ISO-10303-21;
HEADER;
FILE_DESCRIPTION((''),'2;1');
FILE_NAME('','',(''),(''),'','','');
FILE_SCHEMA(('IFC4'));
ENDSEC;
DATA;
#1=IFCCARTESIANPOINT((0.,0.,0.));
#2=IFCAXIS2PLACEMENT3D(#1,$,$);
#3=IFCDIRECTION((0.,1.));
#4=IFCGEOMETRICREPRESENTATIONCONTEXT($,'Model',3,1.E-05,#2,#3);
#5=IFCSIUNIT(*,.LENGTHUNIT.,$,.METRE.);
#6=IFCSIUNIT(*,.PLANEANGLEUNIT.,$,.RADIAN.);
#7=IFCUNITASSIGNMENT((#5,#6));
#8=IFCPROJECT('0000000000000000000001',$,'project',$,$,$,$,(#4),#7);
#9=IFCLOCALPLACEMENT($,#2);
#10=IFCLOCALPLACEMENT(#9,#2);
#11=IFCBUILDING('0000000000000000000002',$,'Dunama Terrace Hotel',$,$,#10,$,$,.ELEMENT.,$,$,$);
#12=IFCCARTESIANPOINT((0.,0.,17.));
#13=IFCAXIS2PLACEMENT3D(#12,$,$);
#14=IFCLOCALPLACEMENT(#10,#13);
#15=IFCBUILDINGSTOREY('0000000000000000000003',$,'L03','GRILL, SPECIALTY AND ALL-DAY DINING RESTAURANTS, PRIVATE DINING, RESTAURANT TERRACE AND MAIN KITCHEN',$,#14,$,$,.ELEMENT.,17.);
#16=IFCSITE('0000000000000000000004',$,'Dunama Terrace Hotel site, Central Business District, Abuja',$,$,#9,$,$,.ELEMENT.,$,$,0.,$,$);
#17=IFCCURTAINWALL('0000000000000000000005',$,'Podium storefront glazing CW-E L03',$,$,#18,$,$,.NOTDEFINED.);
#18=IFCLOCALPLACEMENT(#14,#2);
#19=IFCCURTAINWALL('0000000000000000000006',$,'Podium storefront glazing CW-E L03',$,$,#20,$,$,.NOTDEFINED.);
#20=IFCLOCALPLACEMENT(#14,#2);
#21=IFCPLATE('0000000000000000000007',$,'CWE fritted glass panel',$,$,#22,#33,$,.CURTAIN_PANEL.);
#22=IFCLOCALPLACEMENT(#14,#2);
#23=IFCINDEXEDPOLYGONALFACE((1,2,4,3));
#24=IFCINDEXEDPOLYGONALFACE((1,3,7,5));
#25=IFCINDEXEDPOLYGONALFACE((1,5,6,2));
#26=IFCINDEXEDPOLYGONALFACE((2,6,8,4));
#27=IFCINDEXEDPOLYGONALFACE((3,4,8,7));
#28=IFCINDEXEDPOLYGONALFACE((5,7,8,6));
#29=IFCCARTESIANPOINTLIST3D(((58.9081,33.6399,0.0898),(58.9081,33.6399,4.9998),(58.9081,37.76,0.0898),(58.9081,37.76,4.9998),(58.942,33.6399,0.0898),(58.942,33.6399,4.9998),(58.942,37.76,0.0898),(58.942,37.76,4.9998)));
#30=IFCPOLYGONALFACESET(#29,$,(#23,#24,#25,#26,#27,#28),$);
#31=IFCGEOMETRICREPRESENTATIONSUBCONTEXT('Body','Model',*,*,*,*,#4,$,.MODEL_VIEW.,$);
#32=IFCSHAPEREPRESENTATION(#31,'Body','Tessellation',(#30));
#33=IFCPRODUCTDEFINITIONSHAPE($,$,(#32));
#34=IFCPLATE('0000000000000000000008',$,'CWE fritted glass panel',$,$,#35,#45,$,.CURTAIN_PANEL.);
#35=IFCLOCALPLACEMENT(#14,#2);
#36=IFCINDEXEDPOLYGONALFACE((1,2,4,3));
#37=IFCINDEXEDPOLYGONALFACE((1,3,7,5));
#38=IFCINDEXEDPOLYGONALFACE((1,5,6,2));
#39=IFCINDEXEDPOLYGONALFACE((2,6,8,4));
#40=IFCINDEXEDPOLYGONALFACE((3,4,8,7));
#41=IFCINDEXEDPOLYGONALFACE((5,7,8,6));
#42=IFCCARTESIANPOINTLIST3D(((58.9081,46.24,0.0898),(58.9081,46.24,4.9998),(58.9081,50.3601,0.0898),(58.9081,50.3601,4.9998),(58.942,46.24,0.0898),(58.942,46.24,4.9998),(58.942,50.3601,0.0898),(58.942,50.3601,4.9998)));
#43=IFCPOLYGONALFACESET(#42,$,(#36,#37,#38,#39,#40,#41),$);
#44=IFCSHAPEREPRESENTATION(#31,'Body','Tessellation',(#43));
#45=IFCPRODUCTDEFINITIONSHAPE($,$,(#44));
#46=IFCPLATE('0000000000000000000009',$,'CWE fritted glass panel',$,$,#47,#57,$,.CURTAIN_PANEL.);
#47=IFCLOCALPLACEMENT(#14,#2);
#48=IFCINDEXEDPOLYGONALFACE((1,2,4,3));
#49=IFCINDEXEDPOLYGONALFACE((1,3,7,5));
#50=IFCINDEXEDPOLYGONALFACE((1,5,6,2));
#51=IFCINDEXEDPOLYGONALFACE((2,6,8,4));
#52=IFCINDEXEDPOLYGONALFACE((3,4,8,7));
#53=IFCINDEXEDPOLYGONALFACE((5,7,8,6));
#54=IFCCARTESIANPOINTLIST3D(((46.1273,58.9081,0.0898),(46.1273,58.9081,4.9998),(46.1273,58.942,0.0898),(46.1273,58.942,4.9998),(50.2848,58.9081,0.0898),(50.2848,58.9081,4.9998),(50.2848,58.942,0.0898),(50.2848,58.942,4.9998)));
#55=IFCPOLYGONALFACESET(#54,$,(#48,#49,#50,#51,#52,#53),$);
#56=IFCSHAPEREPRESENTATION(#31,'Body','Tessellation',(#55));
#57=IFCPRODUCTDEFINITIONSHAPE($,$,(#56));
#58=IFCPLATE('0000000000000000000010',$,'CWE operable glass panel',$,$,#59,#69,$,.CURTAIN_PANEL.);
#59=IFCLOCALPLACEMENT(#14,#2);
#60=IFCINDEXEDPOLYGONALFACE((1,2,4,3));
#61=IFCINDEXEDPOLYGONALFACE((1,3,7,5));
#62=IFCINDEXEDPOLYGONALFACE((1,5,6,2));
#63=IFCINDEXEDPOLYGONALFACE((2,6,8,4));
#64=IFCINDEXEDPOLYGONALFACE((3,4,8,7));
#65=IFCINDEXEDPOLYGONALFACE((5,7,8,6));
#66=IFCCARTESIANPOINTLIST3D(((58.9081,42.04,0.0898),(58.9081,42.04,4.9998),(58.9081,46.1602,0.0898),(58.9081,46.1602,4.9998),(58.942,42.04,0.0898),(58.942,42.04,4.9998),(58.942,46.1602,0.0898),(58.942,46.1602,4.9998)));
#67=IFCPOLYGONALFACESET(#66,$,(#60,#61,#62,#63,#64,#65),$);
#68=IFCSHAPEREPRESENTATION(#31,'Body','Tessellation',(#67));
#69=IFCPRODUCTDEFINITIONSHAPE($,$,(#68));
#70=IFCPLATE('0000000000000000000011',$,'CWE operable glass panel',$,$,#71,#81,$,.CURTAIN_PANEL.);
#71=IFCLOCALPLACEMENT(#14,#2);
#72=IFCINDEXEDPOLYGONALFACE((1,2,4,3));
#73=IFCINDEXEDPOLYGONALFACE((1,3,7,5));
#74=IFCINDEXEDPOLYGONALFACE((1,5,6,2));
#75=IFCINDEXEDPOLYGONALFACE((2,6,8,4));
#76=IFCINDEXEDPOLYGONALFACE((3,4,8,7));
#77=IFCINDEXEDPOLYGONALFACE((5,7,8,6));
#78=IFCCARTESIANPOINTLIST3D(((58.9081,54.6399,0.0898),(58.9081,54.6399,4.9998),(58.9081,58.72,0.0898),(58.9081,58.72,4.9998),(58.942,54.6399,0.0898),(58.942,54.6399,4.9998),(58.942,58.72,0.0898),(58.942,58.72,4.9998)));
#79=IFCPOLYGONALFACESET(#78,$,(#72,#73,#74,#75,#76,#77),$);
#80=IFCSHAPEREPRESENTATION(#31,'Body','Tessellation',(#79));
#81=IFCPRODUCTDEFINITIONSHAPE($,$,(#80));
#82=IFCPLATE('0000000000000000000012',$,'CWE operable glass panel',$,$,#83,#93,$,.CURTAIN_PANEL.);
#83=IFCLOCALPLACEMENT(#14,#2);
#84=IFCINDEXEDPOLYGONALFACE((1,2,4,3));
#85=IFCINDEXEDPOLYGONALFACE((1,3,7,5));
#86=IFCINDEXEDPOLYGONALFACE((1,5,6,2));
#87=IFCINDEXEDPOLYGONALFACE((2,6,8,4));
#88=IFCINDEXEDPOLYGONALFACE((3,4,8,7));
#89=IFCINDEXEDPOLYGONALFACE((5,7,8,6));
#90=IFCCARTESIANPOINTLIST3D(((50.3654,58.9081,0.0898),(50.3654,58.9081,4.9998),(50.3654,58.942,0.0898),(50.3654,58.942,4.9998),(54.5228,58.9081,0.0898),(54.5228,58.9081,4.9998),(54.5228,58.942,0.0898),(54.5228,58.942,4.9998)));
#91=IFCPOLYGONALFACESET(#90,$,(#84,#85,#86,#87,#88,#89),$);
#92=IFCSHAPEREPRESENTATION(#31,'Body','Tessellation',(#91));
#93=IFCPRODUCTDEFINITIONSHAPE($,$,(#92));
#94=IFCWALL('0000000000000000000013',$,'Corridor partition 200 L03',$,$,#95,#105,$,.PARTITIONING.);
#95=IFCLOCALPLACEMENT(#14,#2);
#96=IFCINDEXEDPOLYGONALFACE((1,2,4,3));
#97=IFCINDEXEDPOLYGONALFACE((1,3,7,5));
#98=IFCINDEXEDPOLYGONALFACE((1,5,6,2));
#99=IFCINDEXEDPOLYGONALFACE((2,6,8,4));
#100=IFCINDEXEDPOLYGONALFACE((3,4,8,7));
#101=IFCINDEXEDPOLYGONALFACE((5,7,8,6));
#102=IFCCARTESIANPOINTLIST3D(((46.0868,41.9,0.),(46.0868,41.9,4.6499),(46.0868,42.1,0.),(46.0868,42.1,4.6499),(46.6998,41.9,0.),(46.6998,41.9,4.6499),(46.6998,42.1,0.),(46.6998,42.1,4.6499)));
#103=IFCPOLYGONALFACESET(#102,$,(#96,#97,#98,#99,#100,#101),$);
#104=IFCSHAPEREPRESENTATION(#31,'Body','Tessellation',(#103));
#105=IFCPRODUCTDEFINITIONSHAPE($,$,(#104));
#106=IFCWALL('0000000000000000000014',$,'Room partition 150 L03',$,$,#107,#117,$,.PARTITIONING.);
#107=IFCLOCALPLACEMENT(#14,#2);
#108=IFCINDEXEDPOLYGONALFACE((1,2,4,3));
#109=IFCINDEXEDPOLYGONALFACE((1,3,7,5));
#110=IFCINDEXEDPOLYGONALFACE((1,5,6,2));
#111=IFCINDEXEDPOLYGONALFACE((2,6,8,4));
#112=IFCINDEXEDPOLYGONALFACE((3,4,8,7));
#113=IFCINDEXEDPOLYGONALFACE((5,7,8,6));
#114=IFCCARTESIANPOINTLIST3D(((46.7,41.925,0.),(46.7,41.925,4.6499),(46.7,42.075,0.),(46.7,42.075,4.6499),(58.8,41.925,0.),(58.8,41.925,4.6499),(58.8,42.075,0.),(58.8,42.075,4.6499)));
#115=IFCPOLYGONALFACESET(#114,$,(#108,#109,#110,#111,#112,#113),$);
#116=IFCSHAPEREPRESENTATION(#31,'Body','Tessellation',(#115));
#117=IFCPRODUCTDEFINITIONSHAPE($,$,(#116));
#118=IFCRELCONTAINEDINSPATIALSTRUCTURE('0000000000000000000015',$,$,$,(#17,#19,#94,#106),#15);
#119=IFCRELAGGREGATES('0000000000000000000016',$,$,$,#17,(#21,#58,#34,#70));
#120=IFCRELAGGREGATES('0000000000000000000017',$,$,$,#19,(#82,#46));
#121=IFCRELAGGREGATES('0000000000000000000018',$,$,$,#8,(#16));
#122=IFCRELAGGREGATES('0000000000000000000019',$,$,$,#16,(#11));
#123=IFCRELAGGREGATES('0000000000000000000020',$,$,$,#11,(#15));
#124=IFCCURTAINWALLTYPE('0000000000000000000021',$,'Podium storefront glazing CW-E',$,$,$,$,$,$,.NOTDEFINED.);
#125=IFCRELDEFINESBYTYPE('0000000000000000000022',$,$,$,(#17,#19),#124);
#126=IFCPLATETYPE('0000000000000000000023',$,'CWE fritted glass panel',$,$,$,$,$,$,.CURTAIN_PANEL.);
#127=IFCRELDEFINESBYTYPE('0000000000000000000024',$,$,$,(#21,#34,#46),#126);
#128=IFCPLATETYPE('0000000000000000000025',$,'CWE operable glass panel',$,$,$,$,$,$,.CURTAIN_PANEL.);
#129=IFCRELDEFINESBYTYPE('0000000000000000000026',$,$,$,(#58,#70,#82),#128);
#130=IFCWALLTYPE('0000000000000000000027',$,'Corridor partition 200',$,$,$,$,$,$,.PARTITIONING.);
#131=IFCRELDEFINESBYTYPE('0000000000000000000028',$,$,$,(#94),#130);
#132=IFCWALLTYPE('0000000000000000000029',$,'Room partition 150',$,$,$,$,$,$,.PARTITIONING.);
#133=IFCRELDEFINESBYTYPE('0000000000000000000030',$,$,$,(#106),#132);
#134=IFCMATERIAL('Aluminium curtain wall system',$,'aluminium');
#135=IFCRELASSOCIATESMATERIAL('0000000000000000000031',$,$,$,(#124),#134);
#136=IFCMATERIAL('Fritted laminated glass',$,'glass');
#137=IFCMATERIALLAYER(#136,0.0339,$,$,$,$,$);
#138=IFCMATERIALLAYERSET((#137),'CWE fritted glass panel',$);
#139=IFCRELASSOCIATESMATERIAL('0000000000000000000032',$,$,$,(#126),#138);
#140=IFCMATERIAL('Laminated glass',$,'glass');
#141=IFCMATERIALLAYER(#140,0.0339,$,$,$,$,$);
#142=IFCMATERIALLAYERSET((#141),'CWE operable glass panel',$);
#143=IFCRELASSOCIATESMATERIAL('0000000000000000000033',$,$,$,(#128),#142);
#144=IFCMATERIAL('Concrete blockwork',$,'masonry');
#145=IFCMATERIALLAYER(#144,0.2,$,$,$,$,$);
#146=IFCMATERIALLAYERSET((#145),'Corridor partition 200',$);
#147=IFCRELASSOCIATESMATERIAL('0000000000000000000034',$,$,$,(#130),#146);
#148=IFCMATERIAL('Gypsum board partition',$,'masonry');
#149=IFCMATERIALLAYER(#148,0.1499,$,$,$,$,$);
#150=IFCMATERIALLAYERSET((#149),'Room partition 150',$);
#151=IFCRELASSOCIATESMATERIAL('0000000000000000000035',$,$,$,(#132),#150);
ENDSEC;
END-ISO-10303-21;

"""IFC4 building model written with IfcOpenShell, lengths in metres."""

from ifc_helpers import new_model, si_unit, direction, frame, frame_2d, origin, origin_2d, place, context, subcontext, project, spatial, rectangle, extrude, material, layer, layer_set, type_object, element, aggregate, save


model = new_model("IFC4")

# Units and contexts
model_context = context("Model", 3, precision=1e-05, world=origin(), true_north=direction((0.0, 1.0)))
body_context = subcontext(model_context, "Body", "Model", "MODEL_VIEW")
ifc_project = project(units=[si_unit("LENGTHUNIT", "METRE"), si_unit("PLANEANGLEUNIT", "RADIAN")], contexts=[model_context])

# Site, building, storey
site_placement = place(None, origin())
site = spatial("IfcSite", under=ifc_project, at=site_placement, Name="Dunama Terrace Hotel site, Central Business District, Abuja", CompositionType="ELEMENT", RefElevation=0.0)
building_placement = place(site_placement, origin())
building = spatial("IfcBuilding", under=site, at=building_placement, Name="Dunama Terrace Hotel", CompositionType="ELEMENT")
storey_placement = place(building_placement, frame((0.0, 0.0, 17.0)))
storey = spatial("IfcBuildingStorey", under=building, at=storey_placement, Name="L03", Description="GRILL, SPECIALTY AND ALL-DAY DINING RESTAURANTS, PRIVATE DINING, RESTAURANT TERRACE AND MAIN KITCHEN", CompositionType="ELEMENT", Elevation=17.0)

# Curtain walls
ifc_material_1 = material(Name="Aluminium curtain wall system", Category="aluminium")
curtain_wall_type = type_object("IfcCurtainWallType", Name="Podium storefront glazing CW-E", PredefinedType="NOTDEFINED", material=ifc_material_1)
curtain_wall_1_placement = place(storey_placement, origin())
curtain_wall_1 = element("IfcCurtainWall", 1, at=curtain_wall_1_placement, inside=storey, type_object=curtain_wall_type, Name="Podium storefront glazing CW-E L03", PredefinedType="NOTDEFINED")
curtain_wall_2_placement = place(storey_placement, origin())
curtain_wall_2 = element("IfcCurtainWall", 2, at=curtain_wall_2_placement, inside=storey, type_object=curtain_wall_type, Name="Podium storefront glazing CW-E L03", PredefinedType="NOTDEFINED")

# Plates
ifc_material_2 = material(Name="Fritted laminated glass", Category="glass")
ifc_layer_1 = layer(ifc_material_2, 0.0339)
ifc_layer_set_1 = layer_set([ifc_layer_1], Name="CWE fritted glass panel")
plate_type_1 = type_object("IfcPlateType", Name="CWE fritted glass panel", PredefinedType="CURTAIN_PANEL", material=ifc_layer_set_1)
plate_1_placement = place(storey_placement, frame((58.925, 35.7, 0.0898), z_axis=(0.0, 0.0, 1.0), x_axis=(0.0, 1.0, 0.0)))
plate_1 = element("IfcPlate", 3, at=plate_1_placement, type_object=plate_type_1, Name="CWE fritted glass panel", PredefinedType="CURTAIN_PANEL", context=body_context, shape_type="SweptSolid", body=[
    extrude(rectangle(XDim=4.1201, YDim=0.0339, at=origin_2d()), origin(), (0.0, 0.0, 1.0), 4.9099),
])
plate_2_placement = place(storey_placement, frame((58.925, 48.3, 0.0898), z_axis=(0.0, 0.0, 1.0), x_axis=(0.0, 1.0, 0.0)))
plate_2 = element("IfcPlate", 4, at=plate_2_placement, type_object=plate_type_1, Name="CWE fritted glass panel", PredefinedType="CURTAIN_PANEL", context=body_context, shape_type="SweptSolid", body=[
    extrude(rectangle(XDim=4.1201, YDim=0.0339, at=origin_2d()), origin(), (0.0, 0.0, 1.0), 4.9099),
])
plate_3_placement = place(storey_placement, frame((48.2061, 58.925, 0.0898), z_axis=(0.0, 0.0, 1.0), x_axis=(-1.0, 0.0, 0.0)))
plate_3 = element("IfcPlate", 5, at=plate_3_placement, type_object=plate_type_1, Name="CWE fritted glass panel", PredefinedType="CURTAIN_PANEL", context=body_context, shape_type="SweptSolid", body=[
    extrude(rectangle(XDim=4.1575, YDim=0.0339, at=origin_2d()), origin(), (0.0, 0.0, 1.0), 4.9099),
])
ifc_material_3 = material(Name="Laminated glass", Category="glass")
ifc_layer_2 = layer(ifc_material_3, 0.0339)
ifc_layer_set_2 = layer_set([ifc_layer_2], Name="CWE operable glass panel")
plate_type_2 = type_object("IfcPlateType", Name="CWE operable glass panel", PredefinedType="CURTAIN_PANEL", material=ifc_layer_set_2)
plate_4_placement = place(storey_placement, frame((58.925, 44.1001, 0.0898), z_axis=(0.0, 0.0, 1.0), x_axis=(0.0, 1.0, 0.0)))
plate_4 = element("IfcPlate", 6, at=plate_4_placement, type_object=plate_type_2, Name="CWE operable glass panel", PredefinedType="CURTAIN_PANEL", context=body_context, shape_type="SweptSolid", body=[
    extrude(rectangle(XDim=4.1201, YDim=0.0339, at=origin_2d()), origin(), (0.0, 0.0, 1.0), 4.9099),
])
plate_5_placement = place(storey_placement, frame((58.925, 56.6799, 0.0898), z_axis=(0.0, 0.0, 1.0), x_axis=(0.0, 1.0, 0.0)))
plate_5 = element("IfcPlate", 7, at=plate_5_placement, type_object=plate_type_2, Name="CWE operable glass panel", PredefinedType="CURTAIN_PANEL", context=body_context, shape_type="SweptSolid", body=[
    extrude(rectangle(XDim=4.0801, YDim=0.0339, at=origin_2d()), origin(), (0.0, 0.0, 1.0), 4.9099),
])
aggregate(curtain_wall_1, [plate_1, plate_4, plate_2, plate_5])
plate_6_placement = place(storey_placement, frame((52.4441, 58.925, 0.0898), z_axis=(0.0, 0.0, 1.0), x_axis=(-1.0, 0.0, 0.0)))
plate_6 = element("IfcPlate", 8, at=plate_6_placement, type_object=plate_type_2, Name="CWE operable glass panel", PredefinedType="CURTAIN_PANEL", context=body_context, shape_type="SweptSolid", body=[
    extrude(rectangle(XDim=4.1575, YDim=0.0339, at=origin_2d()), origin(), (0.0, 0.0, 1.0), 4.9099),
])
aggregate(curtain_wall_2, [plate_6, plate_3])

# Walls
ifc_material_4 = material(Name="Concrete blockwork", Category="masonry")
ifc_layer_3 = layer(ifc_material_4, 0.2)
ifc_layer_set_3 = layer_set([ifc_layer_3], Name="Corridor partition 200")
wall_type_1 = type_object("IfcWallType", Name="Corridor partition 200", PredefinedType="PARTITIONING", material=ifc_layer_set_3)
wall_1_placement = place(storey_placement, frame((46.7, 42.0, 0.0), z_axis=(0.0, 0.0, 1.0), x_axis=(-1.0, 0.0, 0.0)))
element("IfcWall", 9, at=wall_1_placement, inside=storey, type_object=wall_type_1, Name="Corridor partition 200 L03", PredefinedType="PARTITIONING", context=body_context, shape_type="SweptSolid", body=[
    extrude(rectangle(XDim=0.613, YDim=0.2, at=frame_2d((0.3066, 0.0))), origin(), (0.0, 0.0, 1.0), 4.6499),
])
ifc_material_5 = material(Name="Gypsum board partition", Category="masonry")
ifc_layer_4 = layer(ifc_material_5, 0.1499)
ifc_layer_set_4 = layer_set([ifc_layer_4], Name="Room partition 150")
wall_type_2 = type_object("IfcWallType", Name="Room partition 150", PredefinedType="PARTITIONING", material=ifc_layer_set_4)
wall_2_placement = place(storey_placement, frame((46.7, 42.0, 0.0), z_axis=(0.0, 0.0, 1.0), x_axis=(1.0, 0.0, 0.0)))
element("IfcWall", 10, at=wall_2_placement, inside=storey, type_object=wall_type_2, Name="Room partition 150 L03", PredefinedType="PARTITIONING", context=body_context, shape_type="SweptSolid", body=[
    extrude(rectangle(XDim=12.1001, YDim=0.1499, at=frame_2d((6.05, 0.0))), origin(), (0.0, 0.0, 1.0), 4.6499),
])

save(model, "model.ifc")
